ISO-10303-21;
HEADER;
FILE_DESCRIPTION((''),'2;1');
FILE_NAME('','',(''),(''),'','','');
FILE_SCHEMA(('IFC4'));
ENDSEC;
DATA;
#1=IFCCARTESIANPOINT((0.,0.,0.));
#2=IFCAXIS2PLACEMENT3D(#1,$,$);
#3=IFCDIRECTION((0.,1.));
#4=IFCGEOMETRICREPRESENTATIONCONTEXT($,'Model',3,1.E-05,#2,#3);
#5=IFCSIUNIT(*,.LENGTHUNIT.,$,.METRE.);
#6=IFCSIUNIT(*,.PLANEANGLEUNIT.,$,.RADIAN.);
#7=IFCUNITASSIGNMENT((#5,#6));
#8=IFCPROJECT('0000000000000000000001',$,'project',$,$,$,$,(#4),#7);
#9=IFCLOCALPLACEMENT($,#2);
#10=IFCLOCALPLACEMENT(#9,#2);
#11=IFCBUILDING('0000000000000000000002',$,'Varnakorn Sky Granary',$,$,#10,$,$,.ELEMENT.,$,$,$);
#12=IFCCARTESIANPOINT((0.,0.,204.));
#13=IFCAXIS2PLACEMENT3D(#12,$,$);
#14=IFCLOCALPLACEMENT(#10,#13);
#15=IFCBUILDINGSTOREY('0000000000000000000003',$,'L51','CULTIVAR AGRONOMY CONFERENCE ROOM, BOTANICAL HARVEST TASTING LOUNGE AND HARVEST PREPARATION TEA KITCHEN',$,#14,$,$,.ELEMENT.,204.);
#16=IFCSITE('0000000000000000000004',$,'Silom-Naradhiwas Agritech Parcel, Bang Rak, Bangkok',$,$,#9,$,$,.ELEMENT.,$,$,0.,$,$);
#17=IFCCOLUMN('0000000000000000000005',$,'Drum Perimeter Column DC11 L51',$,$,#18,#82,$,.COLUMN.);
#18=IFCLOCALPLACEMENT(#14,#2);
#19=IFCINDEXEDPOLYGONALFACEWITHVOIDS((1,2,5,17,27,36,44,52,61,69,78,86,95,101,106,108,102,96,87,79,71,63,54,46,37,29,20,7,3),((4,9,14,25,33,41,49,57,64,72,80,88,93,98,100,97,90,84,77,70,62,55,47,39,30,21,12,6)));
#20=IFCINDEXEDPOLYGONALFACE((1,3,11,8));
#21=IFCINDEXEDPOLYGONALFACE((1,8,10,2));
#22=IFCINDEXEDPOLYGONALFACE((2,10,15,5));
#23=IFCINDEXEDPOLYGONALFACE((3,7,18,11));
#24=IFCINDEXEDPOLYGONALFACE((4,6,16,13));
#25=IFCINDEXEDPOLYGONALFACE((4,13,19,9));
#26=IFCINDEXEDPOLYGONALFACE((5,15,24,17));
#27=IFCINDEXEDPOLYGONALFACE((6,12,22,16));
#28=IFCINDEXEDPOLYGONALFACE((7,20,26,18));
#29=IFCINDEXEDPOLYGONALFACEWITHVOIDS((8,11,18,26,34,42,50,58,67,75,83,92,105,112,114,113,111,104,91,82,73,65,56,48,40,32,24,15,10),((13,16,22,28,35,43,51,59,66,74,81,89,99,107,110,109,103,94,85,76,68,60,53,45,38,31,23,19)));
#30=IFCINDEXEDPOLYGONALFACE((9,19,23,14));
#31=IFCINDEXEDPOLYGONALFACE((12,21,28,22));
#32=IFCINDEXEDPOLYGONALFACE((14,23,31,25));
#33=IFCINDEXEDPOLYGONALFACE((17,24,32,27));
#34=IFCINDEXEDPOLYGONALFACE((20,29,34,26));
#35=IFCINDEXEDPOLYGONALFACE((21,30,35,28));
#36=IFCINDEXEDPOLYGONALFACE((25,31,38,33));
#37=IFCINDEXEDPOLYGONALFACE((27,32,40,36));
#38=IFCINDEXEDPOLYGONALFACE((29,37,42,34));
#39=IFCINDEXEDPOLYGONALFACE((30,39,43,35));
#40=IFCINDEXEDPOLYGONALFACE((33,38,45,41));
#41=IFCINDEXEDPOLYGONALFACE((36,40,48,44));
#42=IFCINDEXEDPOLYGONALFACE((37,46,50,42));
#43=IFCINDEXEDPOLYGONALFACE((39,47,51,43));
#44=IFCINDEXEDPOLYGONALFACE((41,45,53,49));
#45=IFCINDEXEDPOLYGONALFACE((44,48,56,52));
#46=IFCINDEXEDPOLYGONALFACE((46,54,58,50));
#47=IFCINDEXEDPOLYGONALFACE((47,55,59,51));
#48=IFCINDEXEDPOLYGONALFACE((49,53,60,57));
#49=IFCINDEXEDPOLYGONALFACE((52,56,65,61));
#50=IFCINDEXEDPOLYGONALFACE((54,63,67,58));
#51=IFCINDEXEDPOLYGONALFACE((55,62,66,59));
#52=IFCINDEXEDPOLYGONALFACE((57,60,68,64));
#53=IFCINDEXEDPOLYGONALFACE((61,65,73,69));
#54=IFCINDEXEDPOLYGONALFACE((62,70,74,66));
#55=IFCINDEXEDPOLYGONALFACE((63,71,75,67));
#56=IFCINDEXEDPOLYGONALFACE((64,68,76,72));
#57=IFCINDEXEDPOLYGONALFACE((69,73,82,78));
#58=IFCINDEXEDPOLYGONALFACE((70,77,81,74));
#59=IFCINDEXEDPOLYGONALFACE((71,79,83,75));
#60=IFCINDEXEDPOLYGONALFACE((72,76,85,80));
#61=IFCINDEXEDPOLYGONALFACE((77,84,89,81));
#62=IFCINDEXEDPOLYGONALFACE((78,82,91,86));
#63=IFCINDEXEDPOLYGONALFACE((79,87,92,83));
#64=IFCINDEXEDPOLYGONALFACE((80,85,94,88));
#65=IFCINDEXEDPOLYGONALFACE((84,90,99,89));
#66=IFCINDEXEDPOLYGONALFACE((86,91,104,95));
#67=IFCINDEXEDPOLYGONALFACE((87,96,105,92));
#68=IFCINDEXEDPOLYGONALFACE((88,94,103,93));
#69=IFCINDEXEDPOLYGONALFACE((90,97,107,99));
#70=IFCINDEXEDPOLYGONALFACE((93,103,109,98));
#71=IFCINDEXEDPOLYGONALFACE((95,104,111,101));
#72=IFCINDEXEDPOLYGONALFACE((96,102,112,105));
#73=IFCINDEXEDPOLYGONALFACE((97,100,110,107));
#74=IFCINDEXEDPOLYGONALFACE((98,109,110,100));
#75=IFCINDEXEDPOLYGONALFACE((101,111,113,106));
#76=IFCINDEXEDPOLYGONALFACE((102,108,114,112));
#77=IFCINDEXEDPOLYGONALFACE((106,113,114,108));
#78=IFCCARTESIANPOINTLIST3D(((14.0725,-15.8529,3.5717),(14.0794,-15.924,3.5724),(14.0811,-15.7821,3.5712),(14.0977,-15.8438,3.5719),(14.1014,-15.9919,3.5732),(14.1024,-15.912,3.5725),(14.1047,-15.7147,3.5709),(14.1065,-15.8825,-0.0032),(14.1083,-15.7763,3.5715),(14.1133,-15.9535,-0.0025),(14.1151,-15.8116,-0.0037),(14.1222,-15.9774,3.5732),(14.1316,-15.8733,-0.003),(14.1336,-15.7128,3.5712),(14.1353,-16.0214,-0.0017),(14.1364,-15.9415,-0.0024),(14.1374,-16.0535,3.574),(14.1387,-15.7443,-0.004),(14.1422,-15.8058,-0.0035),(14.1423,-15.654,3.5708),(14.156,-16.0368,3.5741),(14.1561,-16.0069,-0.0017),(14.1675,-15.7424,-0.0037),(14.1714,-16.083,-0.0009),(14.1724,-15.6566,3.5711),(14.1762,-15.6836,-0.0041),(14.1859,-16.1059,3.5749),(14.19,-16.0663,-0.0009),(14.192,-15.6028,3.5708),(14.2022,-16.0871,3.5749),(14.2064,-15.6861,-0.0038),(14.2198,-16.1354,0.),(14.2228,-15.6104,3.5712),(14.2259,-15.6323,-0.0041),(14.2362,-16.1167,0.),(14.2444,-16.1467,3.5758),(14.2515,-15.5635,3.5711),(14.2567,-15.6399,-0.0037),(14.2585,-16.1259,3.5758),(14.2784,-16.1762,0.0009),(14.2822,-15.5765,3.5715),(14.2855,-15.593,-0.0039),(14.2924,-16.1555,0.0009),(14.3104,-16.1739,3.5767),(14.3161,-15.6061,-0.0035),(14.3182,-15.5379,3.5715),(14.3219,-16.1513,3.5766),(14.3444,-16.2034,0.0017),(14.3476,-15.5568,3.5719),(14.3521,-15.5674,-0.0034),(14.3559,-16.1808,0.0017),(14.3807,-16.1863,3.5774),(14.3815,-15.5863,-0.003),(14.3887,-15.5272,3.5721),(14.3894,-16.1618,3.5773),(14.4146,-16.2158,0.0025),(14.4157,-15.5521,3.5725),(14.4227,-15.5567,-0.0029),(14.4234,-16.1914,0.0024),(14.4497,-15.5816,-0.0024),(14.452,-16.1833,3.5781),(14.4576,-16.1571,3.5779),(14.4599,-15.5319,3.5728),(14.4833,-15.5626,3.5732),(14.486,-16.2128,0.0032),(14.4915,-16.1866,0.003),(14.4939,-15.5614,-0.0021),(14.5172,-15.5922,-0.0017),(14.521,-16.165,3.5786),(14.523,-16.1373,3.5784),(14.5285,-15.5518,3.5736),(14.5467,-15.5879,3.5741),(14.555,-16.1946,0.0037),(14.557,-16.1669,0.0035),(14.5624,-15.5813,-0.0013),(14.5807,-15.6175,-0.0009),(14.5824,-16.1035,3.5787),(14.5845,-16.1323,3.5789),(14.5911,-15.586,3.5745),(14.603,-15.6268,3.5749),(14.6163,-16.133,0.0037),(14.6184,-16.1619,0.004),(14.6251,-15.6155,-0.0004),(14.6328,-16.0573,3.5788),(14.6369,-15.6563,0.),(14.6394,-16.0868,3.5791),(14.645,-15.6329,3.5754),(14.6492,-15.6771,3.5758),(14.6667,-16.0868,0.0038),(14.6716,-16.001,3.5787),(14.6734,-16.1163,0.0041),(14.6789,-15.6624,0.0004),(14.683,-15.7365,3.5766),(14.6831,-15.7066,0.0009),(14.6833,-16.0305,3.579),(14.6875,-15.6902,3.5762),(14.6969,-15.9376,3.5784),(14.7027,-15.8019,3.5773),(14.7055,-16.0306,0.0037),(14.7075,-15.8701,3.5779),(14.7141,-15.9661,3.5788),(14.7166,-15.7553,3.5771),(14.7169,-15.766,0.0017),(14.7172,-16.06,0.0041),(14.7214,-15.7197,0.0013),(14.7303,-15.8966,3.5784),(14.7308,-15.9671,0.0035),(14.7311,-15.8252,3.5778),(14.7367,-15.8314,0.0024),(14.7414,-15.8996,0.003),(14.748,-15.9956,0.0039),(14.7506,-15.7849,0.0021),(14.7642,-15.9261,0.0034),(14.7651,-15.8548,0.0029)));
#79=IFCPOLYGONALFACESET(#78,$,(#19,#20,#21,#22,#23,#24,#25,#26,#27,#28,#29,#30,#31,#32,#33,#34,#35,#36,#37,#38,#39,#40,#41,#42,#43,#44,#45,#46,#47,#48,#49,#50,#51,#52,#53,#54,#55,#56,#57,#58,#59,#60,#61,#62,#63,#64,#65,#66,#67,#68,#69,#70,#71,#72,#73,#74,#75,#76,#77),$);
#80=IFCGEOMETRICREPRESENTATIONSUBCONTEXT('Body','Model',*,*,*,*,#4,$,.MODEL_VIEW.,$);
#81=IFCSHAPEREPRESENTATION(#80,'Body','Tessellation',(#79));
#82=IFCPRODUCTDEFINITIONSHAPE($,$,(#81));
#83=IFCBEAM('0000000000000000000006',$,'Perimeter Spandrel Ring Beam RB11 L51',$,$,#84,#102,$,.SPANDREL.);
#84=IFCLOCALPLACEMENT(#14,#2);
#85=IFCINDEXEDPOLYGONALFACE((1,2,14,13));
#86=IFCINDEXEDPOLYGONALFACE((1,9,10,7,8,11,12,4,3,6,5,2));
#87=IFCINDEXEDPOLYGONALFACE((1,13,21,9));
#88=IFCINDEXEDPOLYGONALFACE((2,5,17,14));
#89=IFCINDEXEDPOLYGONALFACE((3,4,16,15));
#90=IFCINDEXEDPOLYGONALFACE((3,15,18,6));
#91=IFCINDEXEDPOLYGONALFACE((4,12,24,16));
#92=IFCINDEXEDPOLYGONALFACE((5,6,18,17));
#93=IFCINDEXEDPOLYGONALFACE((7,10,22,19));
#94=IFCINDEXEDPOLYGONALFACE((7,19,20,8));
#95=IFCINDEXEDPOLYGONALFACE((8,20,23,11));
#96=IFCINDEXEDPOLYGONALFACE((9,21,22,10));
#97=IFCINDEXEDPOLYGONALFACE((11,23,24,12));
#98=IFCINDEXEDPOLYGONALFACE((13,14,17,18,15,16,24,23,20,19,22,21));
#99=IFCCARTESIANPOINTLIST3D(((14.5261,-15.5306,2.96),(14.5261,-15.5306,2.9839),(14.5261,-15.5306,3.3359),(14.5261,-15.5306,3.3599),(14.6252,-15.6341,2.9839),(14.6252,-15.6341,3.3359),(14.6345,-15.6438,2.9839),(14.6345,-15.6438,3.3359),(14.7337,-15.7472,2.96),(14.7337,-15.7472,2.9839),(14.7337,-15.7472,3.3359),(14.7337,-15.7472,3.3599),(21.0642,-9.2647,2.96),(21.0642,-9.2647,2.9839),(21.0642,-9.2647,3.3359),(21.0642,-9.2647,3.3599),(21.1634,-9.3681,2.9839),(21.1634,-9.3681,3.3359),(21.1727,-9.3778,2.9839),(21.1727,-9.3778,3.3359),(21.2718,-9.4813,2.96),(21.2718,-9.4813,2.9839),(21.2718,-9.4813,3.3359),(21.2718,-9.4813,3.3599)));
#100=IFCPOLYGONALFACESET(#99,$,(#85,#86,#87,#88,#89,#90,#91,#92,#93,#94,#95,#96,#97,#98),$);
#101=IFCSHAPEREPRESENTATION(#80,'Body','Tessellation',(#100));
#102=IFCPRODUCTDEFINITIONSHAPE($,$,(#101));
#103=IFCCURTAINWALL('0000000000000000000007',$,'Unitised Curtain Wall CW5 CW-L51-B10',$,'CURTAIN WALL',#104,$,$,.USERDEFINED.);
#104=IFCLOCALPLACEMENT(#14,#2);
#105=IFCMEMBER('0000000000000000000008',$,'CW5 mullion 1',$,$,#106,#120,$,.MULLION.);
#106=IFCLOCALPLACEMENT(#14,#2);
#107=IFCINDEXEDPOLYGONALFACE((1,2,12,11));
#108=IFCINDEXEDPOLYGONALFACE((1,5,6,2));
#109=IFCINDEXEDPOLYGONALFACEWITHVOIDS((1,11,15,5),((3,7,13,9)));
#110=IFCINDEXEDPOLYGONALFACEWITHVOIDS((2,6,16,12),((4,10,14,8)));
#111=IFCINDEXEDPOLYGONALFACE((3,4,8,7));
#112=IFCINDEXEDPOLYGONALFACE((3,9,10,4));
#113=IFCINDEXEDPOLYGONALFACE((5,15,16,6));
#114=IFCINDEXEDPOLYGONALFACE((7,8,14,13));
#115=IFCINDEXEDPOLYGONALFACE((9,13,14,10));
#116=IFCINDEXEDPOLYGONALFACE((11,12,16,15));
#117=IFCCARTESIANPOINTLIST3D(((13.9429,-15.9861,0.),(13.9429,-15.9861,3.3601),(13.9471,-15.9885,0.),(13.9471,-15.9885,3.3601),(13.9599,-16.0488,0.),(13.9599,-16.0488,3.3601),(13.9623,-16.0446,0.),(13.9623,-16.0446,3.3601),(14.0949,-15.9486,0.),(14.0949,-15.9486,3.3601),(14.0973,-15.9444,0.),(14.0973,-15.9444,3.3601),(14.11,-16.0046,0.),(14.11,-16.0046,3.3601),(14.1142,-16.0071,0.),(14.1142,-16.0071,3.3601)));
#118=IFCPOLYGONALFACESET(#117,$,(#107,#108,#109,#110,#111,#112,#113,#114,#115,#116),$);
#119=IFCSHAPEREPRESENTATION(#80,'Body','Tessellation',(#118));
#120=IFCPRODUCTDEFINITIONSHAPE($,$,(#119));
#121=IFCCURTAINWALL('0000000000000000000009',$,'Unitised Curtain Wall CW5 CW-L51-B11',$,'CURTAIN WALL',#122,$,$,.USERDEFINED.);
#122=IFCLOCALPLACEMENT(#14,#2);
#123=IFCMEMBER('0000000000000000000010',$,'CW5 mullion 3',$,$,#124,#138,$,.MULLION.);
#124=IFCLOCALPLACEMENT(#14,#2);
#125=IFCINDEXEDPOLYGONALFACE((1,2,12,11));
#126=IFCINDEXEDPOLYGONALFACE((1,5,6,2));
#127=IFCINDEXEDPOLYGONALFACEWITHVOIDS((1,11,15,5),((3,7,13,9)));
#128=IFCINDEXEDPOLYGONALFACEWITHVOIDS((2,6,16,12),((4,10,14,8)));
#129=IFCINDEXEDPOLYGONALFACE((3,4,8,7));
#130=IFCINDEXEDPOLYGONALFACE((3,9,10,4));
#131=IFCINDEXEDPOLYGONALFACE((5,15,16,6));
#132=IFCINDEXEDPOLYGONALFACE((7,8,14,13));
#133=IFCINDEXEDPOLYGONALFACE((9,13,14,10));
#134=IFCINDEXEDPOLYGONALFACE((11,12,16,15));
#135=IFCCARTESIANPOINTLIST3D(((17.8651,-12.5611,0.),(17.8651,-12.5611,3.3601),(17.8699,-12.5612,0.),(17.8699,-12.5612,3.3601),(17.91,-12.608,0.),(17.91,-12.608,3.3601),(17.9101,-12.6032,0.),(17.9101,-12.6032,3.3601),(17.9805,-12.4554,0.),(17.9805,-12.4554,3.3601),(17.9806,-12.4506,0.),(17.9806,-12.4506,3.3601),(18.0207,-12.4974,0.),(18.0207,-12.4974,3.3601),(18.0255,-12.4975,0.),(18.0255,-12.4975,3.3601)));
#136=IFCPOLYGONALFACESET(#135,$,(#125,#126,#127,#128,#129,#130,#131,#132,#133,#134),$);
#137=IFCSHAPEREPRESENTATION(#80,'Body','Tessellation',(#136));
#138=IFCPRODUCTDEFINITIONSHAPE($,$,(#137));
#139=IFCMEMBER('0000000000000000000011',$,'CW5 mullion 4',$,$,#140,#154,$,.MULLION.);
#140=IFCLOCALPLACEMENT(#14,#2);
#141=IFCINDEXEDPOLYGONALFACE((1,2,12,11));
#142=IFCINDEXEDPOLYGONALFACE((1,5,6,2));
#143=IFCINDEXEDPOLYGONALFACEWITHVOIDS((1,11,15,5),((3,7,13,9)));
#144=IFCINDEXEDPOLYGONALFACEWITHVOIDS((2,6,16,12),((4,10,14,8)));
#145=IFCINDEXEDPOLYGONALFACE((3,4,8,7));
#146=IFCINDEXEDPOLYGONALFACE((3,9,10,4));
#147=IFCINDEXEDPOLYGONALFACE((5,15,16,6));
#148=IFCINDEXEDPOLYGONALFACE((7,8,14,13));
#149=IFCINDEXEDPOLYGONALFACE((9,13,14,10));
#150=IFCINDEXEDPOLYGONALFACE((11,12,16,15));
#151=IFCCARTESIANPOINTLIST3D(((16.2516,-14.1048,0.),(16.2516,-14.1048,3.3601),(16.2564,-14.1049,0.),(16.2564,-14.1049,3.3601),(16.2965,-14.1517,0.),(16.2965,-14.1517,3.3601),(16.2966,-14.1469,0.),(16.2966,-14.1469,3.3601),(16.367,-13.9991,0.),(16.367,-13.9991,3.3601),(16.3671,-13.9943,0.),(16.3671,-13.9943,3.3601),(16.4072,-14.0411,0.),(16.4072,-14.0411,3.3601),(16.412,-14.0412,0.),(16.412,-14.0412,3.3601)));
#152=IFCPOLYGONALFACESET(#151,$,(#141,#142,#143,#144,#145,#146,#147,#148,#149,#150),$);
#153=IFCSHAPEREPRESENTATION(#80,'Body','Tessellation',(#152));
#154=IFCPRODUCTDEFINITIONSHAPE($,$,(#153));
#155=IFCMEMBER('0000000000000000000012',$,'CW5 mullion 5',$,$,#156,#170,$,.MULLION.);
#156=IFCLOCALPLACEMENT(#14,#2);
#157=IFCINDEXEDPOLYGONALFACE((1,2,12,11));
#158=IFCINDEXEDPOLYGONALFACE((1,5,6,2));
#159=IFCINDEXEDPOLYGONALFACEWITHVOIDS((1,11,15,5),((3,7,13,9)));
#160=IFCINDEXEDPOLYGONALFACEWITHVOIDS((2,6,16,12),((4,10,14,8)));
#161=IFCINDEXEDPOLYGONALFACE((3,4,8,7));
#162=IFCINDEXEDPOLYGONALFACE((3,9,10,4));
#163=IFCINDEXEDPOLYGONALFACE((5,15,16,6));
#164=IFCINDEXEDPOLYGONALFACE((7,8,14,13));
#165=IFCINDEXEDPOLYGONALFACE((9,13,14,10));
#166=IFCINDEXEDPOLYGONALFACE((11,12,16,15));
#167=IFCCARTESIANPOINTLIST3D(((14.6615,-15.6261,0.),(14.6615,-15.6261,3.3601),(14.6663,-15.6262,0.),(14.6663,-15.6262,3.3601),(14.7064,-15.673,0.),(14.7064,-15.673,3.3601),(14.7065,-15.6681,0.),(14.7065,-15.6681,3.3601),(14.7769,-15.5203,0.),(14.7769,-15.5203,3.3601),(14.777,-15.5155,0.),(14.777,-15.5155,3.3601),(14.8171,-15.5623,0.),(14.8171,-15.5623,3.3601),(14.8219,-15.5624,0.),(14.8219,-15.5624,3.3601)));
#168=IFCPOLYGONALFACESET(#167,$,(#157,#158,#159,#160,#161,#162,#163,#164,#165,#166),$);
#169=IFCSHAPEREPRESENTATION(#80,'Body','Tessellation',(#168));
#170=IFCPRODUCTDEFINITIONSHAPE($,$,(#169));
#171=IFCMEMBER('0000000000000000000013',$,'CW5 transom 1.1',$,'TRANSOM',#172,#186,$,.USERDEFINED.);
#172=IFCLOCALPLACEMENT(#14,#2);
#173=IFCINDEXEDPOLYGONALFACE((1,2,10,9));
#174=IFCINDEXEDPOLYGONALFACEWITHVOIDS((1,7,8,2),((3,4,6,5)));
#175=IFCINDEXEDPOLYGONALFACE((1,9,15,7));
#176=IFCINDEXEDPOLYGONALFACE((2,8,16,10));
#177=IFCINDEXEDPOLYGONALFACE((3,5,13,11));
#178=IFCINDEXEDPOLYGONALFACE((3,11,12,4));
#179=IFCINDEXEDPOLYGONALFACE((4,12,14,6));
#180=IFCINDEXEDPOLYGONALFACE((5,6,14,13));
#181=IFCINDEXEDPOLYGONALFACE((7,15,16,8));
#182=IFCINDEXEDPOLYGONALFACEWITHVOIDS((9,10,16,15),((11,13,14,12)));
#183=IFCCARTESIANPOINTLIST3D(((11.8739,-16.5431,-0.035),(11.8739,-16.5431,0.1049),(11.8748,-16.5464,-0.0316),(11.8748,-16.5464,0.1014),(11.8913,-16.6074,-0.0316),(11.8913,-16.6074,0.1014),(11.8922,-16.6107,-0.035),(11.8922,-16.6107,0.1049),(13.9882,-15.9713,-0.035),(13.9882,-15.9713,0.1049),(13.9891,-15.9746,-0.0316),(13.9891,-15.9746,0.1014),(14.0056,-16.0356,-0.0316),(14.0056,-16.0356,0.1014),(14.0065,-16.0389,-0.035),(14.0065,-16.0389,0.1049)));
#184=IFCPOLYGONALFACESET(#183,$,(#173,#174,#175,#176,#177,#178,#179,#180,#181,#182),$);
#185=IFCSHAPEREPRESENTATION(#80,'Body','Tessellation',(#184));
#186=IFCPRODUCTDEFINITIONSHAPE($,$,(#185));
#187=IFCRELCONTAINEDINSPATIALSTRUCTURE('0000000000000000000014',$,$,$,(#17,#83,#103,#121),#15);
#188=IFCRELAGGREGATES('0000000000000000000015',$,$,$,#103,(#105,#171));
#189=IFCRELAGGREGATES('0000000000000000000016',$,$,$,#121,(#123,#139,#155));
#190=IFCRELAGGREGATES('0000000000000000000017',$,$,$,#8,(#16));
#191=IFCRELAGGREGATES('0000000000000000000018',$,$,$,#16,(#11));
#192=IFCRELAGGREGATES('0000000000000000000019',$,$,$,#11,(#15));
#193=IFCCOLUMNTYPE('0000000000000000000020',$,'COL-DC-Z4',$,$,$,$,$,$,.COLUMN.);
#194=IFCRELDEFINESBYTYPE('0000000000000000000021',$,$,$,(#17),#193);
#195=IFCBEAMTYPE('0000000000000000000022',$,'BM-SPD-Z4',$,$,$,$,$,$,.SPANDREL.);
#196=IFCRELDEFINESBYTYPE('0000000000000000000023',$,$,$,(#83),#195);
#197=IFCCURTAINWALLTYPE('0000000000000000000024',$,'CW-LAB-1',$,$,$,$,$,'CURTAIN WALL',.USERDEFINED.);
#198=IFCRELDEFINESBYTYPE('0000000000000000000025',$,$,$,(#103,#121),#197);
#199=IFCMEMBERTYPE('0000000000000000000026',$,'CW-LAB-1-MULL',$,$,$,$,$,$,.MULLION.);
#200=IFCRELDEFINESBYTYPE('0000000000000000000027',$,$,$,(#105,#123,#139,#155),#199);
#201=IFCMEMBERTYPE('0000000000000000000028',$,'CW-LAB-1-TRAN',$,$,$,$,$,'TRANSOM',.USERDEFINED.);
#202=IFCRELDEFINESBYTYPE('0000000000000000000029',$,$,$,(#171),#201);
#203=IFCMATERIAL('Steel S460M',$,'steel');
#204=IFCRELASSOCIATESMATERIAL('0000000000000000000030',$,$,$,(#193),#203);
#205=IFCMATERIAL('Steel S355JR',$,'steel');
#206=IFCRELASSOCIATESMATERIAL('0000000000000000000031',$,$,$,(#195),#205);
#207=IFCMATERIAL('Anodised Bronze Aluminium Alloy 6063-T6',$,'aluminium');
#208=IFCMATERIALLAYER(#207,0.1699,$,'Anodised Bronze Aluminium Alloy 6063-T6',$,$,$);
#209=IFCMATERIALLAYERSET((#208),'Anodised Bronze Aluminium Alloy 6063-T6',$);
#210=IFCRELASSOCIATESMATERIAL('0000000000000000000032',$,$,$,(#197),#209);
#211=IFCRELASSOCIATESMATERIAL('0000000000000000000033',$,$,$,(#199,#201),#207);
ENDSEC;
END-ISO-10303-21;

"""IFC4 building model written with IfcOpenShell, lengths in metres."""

from ifc_helpers import new_model, si_unit, direction, frame, origin, origin_2d, place, context, subcontext, project, spatial, hollow_rectangle, hollow_circle, i_section, extrude, material, layer, layer_set, material_profile, profile_set, type_object, element, aggregate, save


model = new_model("IFC4")

# Units and contexts
model_context = context("Model", 3, precision=1e-05, world=origin(), true_north=direction((0.0, 1.0)))
body_context = subcontext(model_context, "Body", "Model", "MODEL_VIEW")
ifc_project = project(units=[si_unit("LENGTHUNIT", "METRE"), si_unit("PLANEANGLEUNIT", "RADIAN")], contexts=[model_context])

# Site, building, storey
site_placement = place(None, origin())
site = spatial("IfcSite", under=ifc_project, at=site_placement, Name="Silom-Naradhiwas Agritech Parcel, Bang Rak, Bangkok", CompositionType="ELEMENT", RefElevation=0.0)
building_placement = place(site_placement, origin())
building = spatial("IfcBuilding", under=site, at=building_placement, Name="Varnakorn Sky Granary", CompositionType="ELEMENT")
storey_placement = place(building_placement, frame((0.0, 0.0, 204.0)))
storey = spatial("IfcBuildingStorey", under=building, at=storey_placement, Name="L51", Description="CULTIVAR AGRONOMY CONFERENCE ROOM, BOTANICAL HARVEST TASTING LOUNGE AND HARVEST PREPARATION TEA KITCHEN", CompositionType="ELEMENT", Elevation=204.0)

# Column
ifc_material_1 = material(Name="Steel S460M", Category="steel")
ifc_material_profile_1 = material_profile(ifc_material_1, hollow_circle(Radius=0.3301, WallThickness=0.0249, at=origin_2d()), Name="CHS 660x25")
ifc_profile_set_1 = profile_set([ifc_material_profile_1], Name="Steel S460M")
column_type = type_object("IfcColumnType", Name="COL-DC-Z4", PredefinedType="COLUMN", material=ifc_profile_set_1)
column_placement = place(storey_placement, frame((14.4365, -15.8865, 0.0), z_axis=(-0.009492, 0.008263, 0.999921), x_axis=(-0.656582, -0.754255, 0.0)))
element("IfcColumn", 1, at=column_placement, inside=storey, type_object=column_type, Name="Drum Perimeter Column DC11 L51", PredefinedType="COLUMN", context=body_context, shape_type="SweptSolid", body=[
    extrude(hollow_circle(Radius=0.3301, WallThickness=0.0249, at=origin_2d()), origin(), (0.0, 0.0, 1.0), 3.5752),
])

# Beam
ifc_material_2 = material(Name="Steel S355JR", Category="steel")
ifc_material_profile_2 = material_profile(ifc_material_2, i_section(OverallWidth=0.3, OverallDepth=0.3999, WebThickness=0.0134, FlangeThickness=0.0239, at=origin_2d()), Name="HE 400 B")
ifc_profile_set_2 = profile_set([ifc_material_profile_2], Name="Steel S355JR")
beam_type = type_object("IfcBeamType", Name="BM-SPD-Z4", PredefinedType="SPANDREL", material=ifc_profile_set_2)
beam_placement = place(storey_placement, frame((14.6299, -15.6389, 3.1599), z_axis=(0.721977, 0.691917, 0.0), x_axis=(-0.691917, 0.721977, 0.0)))
element("IfcBeam", 2, at=beam_placement, inside=storey, type_object=beam_type, Name="Perimeter Spandrel Ring Beam RB11 L51", PredefinedType="SPANDREL", context=body_context, shape_type="SweptSolid", body=[
    extrude(i_section(OverallWidth=0.3, OverallDepth=0.3999, WebThickness=0.0134, FlangeThickness=0.0239, at=origin_2d()), origin(), (0.0, 0.0, 1.0), 9.0559),
])

# Curtain wall, member
ifc_material_3 = material(Name="Anodised Bronze Aluminium Alloy 6063-T6", Category="aluminium")
ifc_layer_1 = layer(ifc_material_3, 0.1699, Name="Anodised Bronze Aluminium Alloy 6063-T6")
ifc_layer_set_1 = layer_set([ifc_layer_1], Name="Anodised Bronze Aluminium Alloy 6063-T6")
curtain_wall_type = type_object("IfcCurtainWallType", Name="CW-LAB-1", ElementType="CURTAIN WALL", PredefinedType="USERDEFINED", material=ifc_layer_set_1)
curtain_wall_1_placement = place(storey_placement, origin())
curtain_wall_1 = element("IfcCurtainWall", 3, at=curtain_wall_1_placement, inside=storey, type_object=curtain_wall_type, Name="Unitised Curtain Wall CW5 CW-L51-B10", ObjectType="CURTAIN WALL", PredefinedType="USERDEFINED")
ifc_material_profile_3 = material_profile(ifc_material_3, hollow_rectangle(XDim=0.0649, YDim=0.1599, WallThickness=0.0034, at=origin_2d()), Name="ALU MULL 65x160")
ifc_profile_set_3 = profile_set([ifc_material_profile_3], Name="Anodised Bronze Aluminium Alloy 6063-T6")
member_type_1 = type_object("IfcMemberType", Name="CW-LAB-1-MULL", PredefinedType="MULLION", material=ifc_profile_set_3)
member_1_placement = place(storey_placement, frame((14.0286, -15.9966, 0.0), z_axis=(0.0, 0.0, 1.0), x_axis=(0.261069, -0.96532, 0.0)))
member_1 = element("IfcMember", 4, at=member_1_placement, type_object=member_type_1, Name="CW5 mullion 1", PredefinedType="MULLION", context=body_context, shape_type="SweptSolid", body=[
    extrude(hollow_rectangle(XDim=0.0649, YDim=0.1599, WallThickness=0.0034, at=origin_2d()), origin(), (0.0, 0.0, 1.0), 3.3601),
])

# Curtain wall, members
curtain_wall_2_placement = place(storey_placement, origin())
curtain_wall_2 = element("IfcCurtainWall", 5, at=curtain_wall_2_placement, inside=storey, type_object=curtain_wall_type, Name="Unitised Curtain Wall CW5 CW-L51-B11", ObjectType="CURTAIN WALL", PredefinedType="USERDEFINED")
member_2_placement = place(storey_placement, frame((17.9453, -12.5293, 0.0), z_axis=(0.0, 0.0, 1.0), x_axis=(0.691317, -0.722551, 0.0)))
member_2 = element("IfcMember", 6, at=member_2_placement, type_object=member_type_1, Name="CW5 mullion 3", PredefinedType="MULLION", context=body_context, shape_type="SweptSolid", body=[
    extrude(hollow_rectangle(XDim=0.0649, YDim=0.1599, WallThickness=0.0034, at=origin_2d()), origin(), (0.0, 0.0, 1.0), 3.3601),
])
member_3_placement = place(storey_placement, frame((16.3318, -14.073, 0.0), z_axis=(0.0, 0.0, 1.0), x_axis=(0.691317, -0.722551, 0.0)))
member_3 = element("IfcMember", 7, at=member_3_placement, type_object=member_type_1, Name="CW5 mullion 4", PredefinedType="MULLION", context=body_context, shape_type="SweptSolid", body=[
    extrude(hollow_rectangle(XDim=0.0649, YDim=0.1599, WallThickness=0.0034, at=origin_2d()), origin(), (0.0, 0.0, 1.0), 3.3601),
])
member_4_placement = place(storey_placement, frame((14.7417, -15.5942, 0.0), z_axis=(0.0, 0.0, 1.0), x_axis=(0.691317, -0.722551, 0.0)))
member_4 = element("IfcMember", 8, at=member_4_placement, type_object=member_type_1, Name="CW5 mullion 5", PredefinedType="MULLION", context=body_context, shape_type="SweptSolid", body=[
    extrude(hollow_rectangle(XDim=0.0649, YDim=0.1599, WallThickness=0.0034, at=origin_2d()), origin(), (0.0, 0.0, 1.0), 3.3601),
])

# Member
ifc_material_profile_4 = material_profile(ifc_material_3, hollow_rectangle(XDim=0.0701, YDim=0.1399, WallThickness=0.0034, at=origin_2d()), Name="ALU TRAN 70x140")
ifc_profile_set_4 = profile_set([ifc_material_profile_4], Name="Anodised Bronze Aluminium Alloy 6063-T6")
member_type_2 = type_object("IfcMemberType", Name="CW-LAB-1-TRAN", ElementType="TRANSOM", PredefinedType="USERDEFINED", material=ifc_profile_set_4)
member_5_placement = place(storey_placement, frame((13.9973, -16.0051, 0.0349), z_axis=(-0.965322, -0.261061, 0.0), x_axis=(0.261061, -0.965322, 0.0)))
member_5 = element("IfcMember", 9, at=member_5_placement, type_object=member_type_2, Name="CW5 transom 1.1", ObjectType="TRANSOM", PredefinedType="USERDEFINED", context=body_context, shape_type="SweptSolid", body=[
    extrude(hollow_rectangle(XDim=0.0701, YDim=0.1399, WallThickness=0.0034, at=origin_2d()), origin(), (0.0, 0.0, 1.0), 2.1902),
])
aggregate(curtain_wall_1, [member_1, member_5])

aggregate(curtain_wall_2, [member_2, member_3, member_4])

save(model, "model.ifc")
